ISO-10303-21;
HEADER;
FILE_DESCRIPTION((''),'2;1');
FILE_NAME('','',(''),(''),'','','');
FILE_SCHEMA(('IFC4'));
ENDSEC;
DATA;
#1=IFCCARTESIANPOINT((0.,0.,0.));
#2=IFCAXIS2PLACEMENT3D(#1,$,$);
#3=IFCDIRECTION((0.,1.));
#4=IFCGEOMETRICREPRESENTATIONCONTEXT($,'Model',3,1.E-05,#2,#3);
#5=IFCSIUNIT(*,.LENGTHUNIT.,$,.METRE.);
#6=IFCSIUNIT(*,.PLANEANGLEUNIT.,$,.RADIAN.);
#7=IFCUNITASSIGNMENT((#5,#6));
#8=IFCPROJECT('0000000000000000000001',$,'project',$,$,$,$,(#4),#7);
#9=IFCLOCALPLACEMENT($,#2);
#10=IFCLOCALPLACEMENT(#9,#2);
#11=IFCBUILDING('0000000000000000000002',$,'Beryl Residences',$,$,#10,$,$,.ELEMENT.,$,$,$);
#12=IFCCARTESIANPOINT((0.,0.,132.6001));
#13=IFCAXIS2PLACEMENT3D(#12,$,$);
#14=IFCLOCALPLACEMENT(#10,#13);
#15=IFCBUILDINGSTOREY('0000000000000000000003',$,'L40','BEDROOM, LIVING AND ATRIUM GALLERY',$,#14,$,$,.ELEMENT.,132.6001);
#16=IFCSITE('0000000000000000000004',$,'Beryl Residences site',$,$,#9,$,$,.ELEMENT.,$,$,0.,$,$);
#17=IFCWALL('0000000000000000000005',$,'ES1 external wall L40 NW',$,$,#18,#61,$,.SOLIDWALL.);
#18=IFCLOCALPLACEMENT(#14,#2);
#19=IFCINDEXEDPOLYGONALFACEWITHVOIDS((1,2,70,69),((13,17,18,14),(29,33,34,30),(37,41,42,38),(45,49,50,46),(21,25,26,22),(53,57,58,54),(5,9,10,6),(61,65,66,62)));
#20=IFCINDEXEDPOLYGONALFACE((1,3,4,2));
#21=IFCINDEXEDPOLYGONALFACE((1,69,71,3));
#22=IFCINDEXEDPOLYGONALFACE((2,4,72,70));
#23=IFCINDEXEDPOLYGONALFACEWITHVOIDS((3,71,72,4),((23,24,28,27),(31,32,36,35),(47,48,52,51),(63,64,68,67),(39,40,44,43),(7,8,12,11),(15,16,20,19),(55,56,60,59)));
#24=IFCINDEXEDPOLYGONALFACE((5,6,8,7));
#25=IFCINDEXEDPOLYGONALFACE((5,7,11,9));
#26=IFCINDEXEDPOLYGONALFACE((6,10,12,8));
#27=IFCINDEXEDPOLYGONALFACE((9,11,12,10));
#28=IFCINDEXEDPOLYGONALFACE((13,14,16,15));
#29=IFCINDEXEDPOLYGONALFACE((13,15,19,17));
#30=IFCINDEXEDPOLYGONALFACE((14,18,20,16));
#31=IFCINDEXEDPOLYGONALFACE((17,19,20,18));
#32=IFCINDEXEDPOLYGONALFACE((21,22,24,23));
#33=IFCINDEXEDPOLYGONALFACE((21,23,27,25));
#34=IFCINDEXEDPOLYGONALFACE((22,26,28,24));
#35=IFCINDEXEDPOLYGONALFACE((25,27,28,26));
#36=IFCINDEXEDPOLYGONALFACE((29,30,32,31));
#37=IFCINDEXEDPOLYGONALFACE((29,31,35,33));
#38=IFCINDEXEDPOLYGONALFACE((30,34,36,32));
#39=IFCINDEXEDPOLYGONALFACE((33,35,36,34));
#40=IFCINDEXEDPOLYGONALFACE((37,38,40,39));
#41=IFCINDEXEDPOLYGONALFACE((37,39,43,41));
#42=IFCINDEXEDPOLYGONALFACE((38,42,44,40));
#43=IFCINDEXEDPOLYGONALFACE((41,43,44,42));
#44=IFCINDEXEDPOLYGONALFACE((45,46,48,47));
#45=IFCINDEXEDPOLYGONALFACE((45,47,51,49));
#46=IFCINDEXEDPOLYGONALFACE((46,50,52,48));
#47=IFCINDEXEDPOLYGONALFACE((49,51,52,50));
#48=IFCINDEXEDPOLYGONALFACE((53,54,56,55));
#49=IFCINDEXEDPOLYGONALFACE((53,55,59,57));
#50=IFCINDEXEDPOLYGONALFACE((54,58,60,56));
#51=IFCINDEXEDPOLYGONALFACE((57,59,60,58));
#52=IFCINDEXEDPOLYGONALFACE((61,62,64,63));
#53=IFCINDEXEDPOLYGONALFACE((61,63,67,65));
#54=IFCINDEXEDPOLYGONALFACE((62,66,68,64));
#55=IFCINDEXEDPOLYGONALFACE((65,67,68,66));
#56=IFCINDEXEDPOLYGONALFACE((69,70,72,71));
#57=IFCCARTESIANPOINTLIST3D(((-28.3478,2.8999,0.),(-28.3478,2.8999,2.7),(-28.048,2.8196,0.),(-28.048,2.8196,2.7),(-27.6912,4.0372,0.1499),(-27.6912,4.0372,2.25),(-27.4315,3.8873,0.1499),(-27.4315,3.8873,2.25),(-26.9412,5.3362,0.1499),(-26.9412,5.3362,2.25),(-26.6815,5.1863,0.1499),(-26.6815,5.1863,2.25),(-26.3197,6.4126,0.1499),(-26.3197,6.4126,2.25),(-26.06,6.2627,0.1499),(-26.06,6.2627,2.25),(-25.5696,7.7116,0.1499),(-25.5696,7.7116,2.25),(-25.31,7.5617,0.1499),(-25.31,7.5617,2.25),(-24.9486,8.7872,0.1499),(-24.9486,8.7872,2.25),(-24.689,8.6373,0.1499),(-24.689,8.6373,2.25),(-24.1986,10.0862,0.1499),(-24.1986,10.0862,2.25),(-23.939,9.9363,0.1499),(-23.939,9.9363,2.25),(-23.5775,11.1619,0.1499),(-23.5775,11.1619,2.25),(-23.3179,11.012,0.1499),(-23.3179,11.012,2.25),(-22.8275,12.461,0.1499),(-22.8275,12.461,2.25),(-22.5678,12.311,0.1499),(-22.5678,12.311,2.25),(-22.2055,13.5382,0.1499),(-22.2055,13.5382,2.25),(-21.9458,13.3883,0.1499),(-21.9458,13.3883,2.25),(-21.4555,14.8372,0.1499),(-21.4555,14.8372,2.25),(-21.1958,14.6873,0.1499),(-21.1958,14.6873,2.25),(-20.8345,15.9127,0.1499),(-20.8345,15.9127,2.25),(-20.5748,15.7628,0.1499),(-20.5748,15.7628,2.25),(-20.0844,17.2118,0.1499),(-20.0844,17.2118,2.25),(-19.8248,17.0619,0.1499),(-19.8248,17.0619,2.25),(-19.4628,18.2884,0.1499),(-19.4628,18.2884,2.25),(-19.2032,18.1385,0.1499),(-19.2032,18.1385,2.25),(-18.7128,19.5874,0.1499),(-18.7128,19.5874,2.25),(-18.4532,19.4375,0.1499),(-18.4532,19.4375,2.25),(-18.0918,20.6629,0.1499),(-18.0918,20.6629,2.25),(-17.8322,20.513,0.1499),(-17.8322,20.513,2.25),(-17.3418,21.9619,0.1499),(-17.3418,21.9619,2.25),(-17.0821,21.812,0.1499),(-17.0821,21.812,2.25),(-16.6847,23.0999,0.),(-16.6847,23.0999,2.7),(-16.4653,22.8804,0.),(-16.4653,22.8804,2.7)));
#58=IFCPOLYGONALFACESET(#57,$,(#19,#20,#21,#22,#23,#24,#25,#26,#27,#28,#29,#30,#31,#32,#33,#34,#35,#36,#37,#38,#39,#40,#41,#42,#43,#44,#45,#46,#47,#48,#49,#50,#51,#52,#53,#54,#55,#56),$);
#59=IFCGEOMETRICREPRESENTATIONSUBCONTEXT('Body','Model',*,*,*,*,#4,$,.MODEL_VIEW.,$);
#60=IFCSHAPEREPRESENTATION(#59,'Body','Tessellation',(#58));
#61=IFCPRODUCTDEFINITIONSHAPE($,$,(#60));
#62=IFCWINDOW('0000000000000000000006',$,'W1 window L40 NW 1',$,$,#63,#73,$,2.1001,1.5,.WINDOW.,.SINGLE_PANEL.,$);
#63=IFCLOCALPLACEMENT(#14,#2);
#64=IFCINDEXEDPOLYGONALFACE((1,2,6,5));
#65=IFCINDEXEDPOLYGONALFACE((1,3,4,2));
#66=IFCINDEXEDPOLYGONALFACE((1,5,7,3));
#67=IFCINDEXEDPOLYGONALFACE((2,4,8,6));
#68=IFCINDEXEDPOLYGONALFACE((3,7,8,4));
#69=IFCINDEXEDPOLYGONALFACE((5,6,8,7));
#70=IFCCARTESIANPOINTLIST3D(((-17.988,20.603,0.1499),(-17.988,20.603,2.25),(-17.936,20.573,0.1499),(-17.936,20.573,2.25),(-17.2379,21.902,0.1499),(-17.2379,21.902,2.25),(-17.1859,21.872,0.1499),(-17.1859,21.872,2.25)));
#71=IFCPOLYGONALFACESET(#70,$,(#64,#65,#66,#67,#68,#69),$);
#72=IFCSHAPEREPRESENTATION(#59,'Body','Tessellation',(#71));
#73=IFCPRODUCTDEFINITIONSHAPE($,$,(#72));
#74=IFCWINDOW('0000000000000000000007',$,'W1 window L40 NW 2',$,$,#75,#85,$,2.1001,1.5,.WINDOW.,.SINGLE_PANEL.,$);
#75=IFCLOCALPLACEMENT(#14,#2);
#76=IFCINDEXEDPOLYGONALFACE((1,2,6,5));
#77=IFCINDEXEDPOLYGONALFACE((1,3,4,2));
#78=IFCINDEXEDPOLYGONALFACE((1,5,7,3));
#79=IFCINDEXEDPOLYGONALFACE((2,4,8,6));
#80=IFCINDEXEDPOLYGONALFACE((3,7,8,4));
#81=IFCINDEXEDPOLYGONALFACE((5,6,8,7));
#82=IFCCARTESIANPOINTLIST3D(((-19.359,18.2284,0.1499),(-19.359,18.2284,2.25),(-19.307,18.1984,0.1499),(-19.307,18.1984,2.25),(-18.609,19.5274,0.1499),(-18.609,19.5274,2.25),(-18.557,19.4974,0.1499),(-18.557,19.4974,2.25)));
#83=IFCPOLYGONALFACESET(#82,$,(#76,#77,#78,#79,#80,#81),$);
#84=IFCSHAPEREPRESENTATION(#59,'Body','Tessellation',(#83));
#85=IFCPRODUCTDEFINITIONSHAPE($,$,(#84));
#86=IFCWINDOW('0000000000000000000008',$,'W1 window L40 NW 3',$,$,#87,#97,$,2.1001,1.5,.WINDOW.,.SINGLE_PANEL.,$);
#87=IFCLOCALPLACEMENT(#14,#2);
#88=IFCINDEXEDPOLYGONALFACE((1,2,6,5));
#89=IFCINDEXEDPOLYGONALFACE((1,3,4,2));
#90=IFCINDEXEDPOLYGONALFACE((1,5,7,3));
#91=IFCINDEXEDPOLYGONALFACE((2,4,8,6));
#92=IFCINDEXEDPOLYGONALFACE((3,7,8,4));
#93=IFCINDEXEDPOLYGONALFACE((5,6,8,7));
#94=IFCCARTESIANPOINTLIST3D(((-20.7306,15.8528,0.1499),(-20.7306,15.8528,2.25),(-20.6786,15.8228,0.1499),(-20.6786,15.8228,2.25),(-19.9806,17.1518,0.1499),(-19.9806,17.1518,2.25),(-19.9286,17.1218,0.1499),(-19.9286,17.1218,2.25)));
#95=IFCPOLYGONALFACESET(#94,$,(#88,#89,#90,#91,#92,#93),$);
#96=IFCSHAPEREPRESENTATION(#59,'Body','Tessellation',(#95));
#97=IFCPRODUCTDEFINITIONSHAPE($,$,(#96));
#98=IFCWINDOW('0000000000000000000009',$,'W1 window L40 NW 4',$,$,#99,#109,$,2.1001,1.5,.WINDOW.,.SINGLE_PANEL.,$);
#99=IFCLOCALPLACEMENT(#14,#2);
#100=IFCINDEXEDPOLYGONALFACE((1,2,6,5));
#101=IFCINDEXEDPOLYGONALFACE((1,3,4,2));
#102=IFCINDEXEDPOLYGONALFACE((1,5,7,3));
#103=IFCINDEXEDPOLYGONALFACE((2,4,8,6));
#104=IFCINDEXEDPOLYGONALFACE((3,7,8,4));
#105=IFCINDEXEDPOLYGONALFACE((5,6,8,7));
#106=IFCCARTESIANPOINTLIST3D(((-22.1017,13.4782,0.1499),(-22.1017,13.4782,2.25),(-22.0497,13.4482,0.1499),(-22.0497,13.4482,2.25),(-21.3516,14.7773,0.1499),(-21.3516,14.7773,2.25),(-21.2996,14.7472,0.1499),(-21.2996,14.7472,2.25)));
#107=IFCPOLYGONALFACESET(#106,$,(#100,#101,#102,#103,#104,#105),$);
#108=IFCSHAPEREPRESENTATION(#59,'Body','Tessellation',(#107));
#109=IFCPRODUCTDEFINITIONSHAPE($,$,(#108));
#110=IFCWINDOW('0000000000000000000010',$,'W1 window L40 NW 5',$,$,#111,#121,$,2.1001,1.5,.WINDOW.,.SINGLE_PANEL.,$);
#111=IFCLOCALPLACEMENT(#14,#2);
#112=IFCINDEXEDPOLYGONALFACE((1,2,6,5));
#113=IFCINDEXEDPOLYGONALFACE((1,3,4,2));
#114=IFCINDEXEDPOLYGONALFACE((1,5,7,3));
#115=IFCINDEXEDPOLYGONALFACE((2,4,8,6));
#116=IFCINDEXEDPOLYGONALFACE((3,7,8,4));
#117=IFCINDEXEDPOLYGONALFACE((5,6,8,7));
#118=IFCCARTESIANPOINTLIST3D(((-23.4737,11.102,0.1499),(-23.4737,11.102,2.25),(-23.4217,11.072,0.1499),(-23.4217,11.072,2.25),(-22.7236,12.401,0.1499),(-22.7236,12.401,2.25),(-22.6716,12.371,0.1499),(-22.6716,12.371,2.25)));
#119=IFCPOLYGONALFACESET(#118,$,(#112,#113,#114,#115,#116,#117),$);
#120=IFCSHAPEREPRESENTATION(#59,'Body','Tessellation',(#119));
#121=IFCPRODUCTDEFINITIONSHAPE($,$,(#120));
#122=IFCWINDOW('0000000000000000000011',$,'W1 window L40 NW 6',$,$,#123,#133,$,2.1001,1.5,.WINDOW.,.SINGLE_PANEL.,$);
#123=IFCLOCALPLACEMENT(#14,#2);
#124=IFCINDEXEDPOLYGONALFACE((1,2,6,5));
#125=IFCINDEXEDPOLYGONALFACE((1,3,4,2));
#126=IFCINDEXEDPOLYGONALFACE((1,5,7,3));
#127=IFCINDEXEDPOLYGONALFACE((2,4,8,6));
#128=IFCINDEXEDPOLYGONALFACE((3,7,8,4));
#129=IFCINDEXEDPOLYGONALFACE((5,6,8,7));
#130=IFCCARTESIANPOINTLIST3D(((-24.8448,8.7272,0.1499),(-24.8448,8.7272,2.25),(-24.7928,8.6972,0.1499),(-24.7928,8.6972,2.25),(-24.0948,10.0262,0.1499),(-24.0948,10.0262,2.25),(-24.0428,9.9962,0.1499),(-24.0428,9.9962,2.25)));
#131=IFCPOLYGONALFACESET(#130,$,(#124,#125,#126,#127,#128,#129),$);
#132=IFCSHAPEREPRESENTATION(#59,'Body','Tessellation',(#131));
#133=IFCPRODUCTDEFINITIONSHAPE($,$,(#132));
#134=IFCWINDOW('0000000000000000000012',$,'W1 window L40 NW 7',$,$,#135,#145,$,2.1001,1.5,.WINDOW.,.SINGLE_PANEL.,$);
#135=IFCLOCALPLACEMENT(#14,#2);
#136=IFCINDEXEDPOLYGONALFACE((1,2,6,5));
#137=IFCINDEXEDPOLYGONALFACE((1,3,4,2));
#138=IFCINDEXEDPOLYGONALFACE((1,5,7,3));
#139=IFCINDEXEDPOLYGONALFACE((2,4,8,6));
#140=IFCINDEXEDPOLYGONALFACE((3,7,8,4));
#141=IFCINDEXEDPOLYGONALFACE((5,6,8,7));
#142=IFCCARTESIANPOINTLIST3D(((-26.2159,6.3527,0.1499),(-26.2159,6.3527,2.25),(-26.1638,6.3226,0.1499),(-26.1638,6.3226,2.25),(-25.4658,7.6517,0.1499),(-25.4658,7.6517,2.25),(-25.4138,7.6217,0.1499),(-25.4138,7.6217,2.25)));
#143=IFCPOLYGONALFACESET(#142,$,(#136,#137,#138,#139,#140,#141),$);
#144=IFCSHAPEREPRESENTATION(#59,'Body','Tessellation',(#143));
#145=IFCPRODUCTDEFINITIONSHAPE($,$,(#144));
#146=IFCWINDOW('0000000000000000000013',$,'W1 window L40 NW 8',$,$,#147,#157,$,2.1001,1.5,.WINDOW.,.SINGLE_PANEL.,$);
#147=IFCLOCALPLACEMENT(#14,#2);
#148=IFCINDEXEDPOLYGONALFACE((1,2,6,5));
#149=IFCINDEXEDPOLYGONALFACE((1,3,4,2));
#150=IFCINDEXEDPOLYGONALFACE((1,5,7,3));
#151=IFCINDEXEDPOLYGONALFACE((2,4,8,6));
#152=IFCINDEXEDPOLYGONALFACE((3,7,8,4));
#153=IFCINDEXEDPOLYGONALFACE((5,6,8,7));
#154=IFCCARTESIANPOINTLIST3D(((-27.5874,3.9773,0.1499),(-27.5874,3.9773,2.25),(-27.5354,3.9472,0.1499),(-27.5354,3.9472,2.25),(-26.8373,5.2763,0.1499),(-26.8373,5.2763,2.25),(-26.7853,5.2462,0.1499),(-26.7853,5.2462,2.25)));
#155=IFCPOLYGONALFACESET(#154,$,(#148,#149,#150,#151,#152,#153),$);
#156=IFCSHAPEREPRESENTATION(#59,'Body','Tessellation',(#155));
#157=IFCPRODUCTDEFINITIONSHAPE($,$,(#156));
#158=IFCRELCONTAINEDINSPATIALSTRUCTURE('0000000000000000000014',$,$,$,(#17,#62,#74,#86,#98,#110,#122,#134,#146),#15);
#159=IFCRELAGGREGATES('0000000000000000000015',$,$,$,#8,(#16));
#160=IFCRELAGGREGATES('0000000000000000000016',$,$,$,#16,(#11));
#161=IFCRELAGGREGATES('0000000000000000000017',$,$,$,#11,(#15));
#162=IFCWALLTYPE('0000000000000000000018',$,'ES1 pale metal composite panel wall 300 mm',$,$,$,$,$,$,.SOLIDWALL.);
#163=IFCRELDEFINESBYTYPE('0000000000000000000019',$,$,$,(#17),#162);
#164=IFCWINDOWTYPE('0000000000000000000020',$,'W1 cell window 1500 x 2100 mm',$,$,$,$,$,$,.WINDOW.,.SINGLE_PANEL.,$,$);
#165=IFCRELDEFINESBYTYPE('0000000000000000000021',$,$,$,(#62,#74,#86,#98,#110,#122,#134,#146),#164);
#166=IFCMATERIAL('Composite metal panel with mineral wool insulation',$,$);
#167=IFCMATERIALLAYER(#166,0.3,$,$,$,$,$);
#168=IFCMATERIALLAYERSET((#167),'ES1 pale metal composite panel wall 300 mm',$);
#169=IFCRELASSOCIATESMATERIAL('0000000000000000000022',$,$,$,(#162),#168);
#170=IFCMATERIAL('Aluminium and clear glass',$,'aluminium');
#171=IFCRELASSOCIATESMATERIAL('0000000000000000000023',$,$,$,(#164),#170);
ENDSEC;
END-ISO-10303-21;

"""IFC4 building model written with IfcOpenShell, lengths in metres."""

from ifc_helpers import new_model, si_unit, direction, frame, frame_2d, origin, place, context, subcontext, project, spatial, polyline, rectangle, outline, extrude, material, layer, layer_set, type_object, element, fill, save


model = new_model("IFC4")

# Units and contexts
model_context = context("Model", 3, precision=1e-05, world=origin(), true_north=direction((0.0, 1.0)))
body_context = subcontext(model_context, "Body", "Model", "MODEL_VIEW")
ifc_project = project(units=[si_unit("LENGTHUNIT", "METRE"), si_unit("PLANEANGLEUNIT", "RADIAN")], contexts=[model_context])

# Site, building, storey
site_placement = place(None, origin())
site = spatial("IfcSite", under=ifc_project, at=site_placement, Name="Beryl Residences site", CompositionType="ELEMENT", RefElevation=0.0)
building_placement = place(site_placement, origin())
building = spatial("IfcBuilding", under=site, at=building_placement, Name="Beryl Residences", CompositionType="ELEMENT")
storey_placement = place(building_placement, frame((0.0, 0.0, 132.6001)))
storey = spatial("IfcBuildingStorey", under=building, at=storey_placement, Name="L40", Description="BEDROOM, LIVING AND ATRIUM GALLERY", CompositionType="ELEMENT", Elevation=132.6001)

# Wall, openings, windows
ifc_material_1 = material(Name="Composite metal panel with mineral wool insulation")
ifc_layer_1 = layer(ifc_material_1, 0.3)
ifc_layer_set_1 = layer_set([ifc_layer_1], Name="ES1 pale metal composite panel wall 300 mm")
wall_type_1 = type_object("IfcWallType", Name="ES1 pale metal composite panel wall 300 mm", PredefinedType="SOLIDWALL", material=ifc_layer_set_1)
wall_1_placement = place(storey_placement, frame((-16.5549, 23.0249, 0.0), z_axis=(0.0, 0.0, 1.0), x_axis=(-0.500021, -0.866014, 0.0)))
wall_1 = element("IfcWall", 1, at=wall_1_placement, inside=storey, type_object=wall_type_1, Name="ES1 external wall L40 NW", PredefinedType="SOLIDWALL", context=body_context, shape_type="SweptSolid", body=[
    extrude(outline(polyline([(0.0, -0.1499), (23.3252, -0.1499), (23.2449, 0.1499), (0.0803, 0.1499), (0.0, -0.1499)])), origin(), (0.0, 0.0, 1.0), 2.7),
])
opening_1_placement = place(wall_1_placement, frame((1.314, 0.0, 0.1499)))
opening_1 = element("IfcOpeningElement", 2, at=opening_1_placement, cuts=wall_1, PredefinedType="OPENING", context=body_context, shape_type="SweptSolid", body=[
    extrude(rectangle(XDim=1.5, YDim=2.1001, at=frame_2d((0.75, 1.05))), frame((0.0, 0.1599, 0.0), z_axis=(0.0, -1.0, 0.0), x_axis=(1.0, 0.0, 0.0)), (0.0, 0.0, 1.0), 0.3201),
])
opening_2_placement = place(wall_1_placement, frame((4.0559, 0.0, 0.1499)))
opening_2 = element("IfcOpeningElement", 3, at=opening_2_placement, cuts=wall_1, PredefinedType="OPENING", context=body_context, shape_type="SweptSolid", body=[
    extrude(rectangle(XDim=1.5, YDim=2.1001, at=frame_2d((0.75, 1.05))), frame((0.0, 0.1599, 0.0), z_axis=(0.0, -1.0, 0.0), x_axis=(1.0, 0.0, 0.0)), (0.0, 0.0, 1.0), 0.3201),
])
opening_3_placement = place(wall_1_placement, frame((6.7991, 0.0, 0.1499)))
opening_3 = element("IfcOpeningElement", 4, at=opening_3_placement, cuts=wall_1, PredefinedType="OPENING", context=body_context, shape_type="SweptSolid", body=[
    extrude(rectangle(XDim=1.5, YDim=2.1001, at=frame_2d((0.75, 1.05))), frame((0.0, 0.1599, 0.0), z_axis=(0.0, -1.0, 0.0), x_axis=(1.0, 0.0, 0.0)), (0.0, 0.0, 1.0), 0.3201),
])
opening_4_placement = place(wall_1_placement, frame((9.541, 0.0, 0.1499)))
opening_4 = element("IfcOpeningElement", 5, at=opening_4_placement, cuts=wall_1, PredefinedType="OPENING", context=body_context, shape_type="SweptSolid", body=[
    extrude(rectangle(XDim=1.5, YDim=2.1001, at=frame_2d((0.75, 1.05))), frame((0.0, 0.1599, 0.0), z_axis=(0.0, -1.0, 0.0), x_axis=(1.0, 0.0, 0.0)), (0.0, 0.0, 1.0), 0.3201),
])
opening_5_placement = place(wall_1_placement, frame((12.2849, 0.0, 0.1499)))
opening_5 = element("IfcOpeningElement", 6, at=opening_5_placement, cuts=wall_1, PredefinedType="OPENING", context=body_context, shape_type="SweptSolid", body=[
    extrude(rectangle(XDim=1.5, YDim=2.1001, at=frame_2d((0.75, 1.05))), frame((0.0, 0.1599, 0.0), z_axis=(0.0, -1.0, 0.0), x_axis=(1.0, 0.0, 0.0)), (0.0, 0.0, 1.0), 0.3201),
])
opening_6_placement = place(wall_1_placement, frame((15.0271, 0.0, 0.1499)))
opening_6 = element("IfcOpeningElement", 7, at=opening_6_placement, cuts=wall_1, PredefinedType="OPENING", context=body_context, shape_type="SweptSolid", body=[
    extrude(rectangle(XDim=1.5, YDim=2.1001, at=frame_2d((0.75, 1.05))), frame((0.0, 0.1599, 0.0), z_axis=(0.0, -1.0, 0.0), x_axis=(1.0, 0.0, 0.0)), (0.0, 0.0, 1.0), 0.3201),
])
opening_7_placement = place(wall_1_placement, frame((17.769, 0.0, 0.1499)))
opening_7 = element("IfcOpeningElement", 8, at=opening_7_placement, cuts=wall_1, PredefinedType="OPENING", context=body_context, shape_type="SweptSolid", body=[
    extrude(rectangle(XDim=1.5, YDim=2.1001, at=frame_2d((0.75, 1.05))), frame((0.0, 0.1599, 0.0), z_axis=(0.0, -1.0, 0.0), x_axis=(1.0, 0.0, 0.0)), (0.0, 0.0, 1.0), 0.3201),
])
opening_8_placement = place(wall_1_placement, frame((20.512, 0.0, 0.1499)))
opening_8 = element("IfcOpeningElement", 9, at=opening_8_placement, cuts=wall_1, PredefinedType="OPENING", context=body_context, shape_type="SweptSolid", body=[
    extrude(rectangle(XDim=1.5, YDim=2.1001, at=frame_2d((0.75, 1.05))), frame((0.0, 0.1599, 0.0), z_axis=(0.0, -1.0, 0.0), x_axis=(1.0, 0.0, 0.0)), (0.0, 0.0, 1.0), 0.3201),
])
ifc_material_2 = material(Name="Aluminium and clear glass", Category="aluminium")
window_type = type_object("IfcWindowType", Name="W1 cell window 1500 x 2100 mm", PartitioningType="SINGLE_PANEL", PredefinedType="WINDOW", material=ifc_material_2)
window_1_placement = place(opening_1_placement, origin())
window_1 = element("IfcWindow", 10, at=window_1_placement, inside=storey, type_object=window_type, Name="W1 window L40 NW 1", OverallHeight=2.1001, OverallWidth=1.5, PartitioningType="SINGLE_PANEL", PredefinedType="WINDOW", context=body_context, shape_type="SweptSolid", body=[
    extrude(rectangle(XDim=1.5, YDim=2.1001, at=frame_2d((0.75, 1.05))), frame((0.0, 0.03, 0.0), z_axis=(0.0, -1.0, 0.0), x_axis=(1.0, 0.0, 0.0)), (0.0, 0.0, 1.0), 0.0601),
])
fill(opening_1, window_1)
window_2_placement = place(opening_2_placement, origin())
window_2 = element("IfcWindow", 11, at=window_2_placement, inside=storey, type_object=window_type, Name="W1 window L40 NW 2", OverallHeight=2.1001, OverallWidth=1.5, PartitioningType="SINGLE_PANEL", PredefinedType="WINDOW", context=body_context, shape_type="SweptSolid", body=[
    extrude(rectangle(XDim=1.5, YDim=2.1001, at=frame_2d((0.75, 1.05))), frame((0.0, 0.03, 0.0), z_axis=(0.0, -1.0, 0.0), x_axis=(1.0, 0.0, 0.0)), (0.0, 0.0, 1.0), 0.0601),
])
fill(opening_2, window_2)
window_3_placement = place(opening_3_placement, origin())
window_3 = element("IfcWindow", 12, at=window_3_placement, inside=storey, type_object=window_type, Name="W1 window L40 NW 3", OverallHeight=2.1001, OverallWidth=1.5, PartitioningType="SINGLE_PANEL", PredefinedType="WINDOW", context=body_context, shape_type="SweptSolid", body=[
    extrude(rectangle(XDim=1.5, YDim=2.1001, at=frame_2d((0.75, 1.05))), frame((0.0, 0.03, 0.0), z_axis=(0.0, -1.0, 0.0), x_axis=(1.0, 0.0, 0.0)), (0.0, 0.0, 1.0), 0.0601),
])
fill(opening_3, window_3)
window_4_placement = place(opening_4_placement, origin())
window_4 = element("IfcWindow", 13, at=window_4_placement, inside=storey, type_object=window_type, Name="W1 window L40 NW 4", OverallHeight=2.1001, OverallWidth=1.5, PartitioningType="SINGLE_PANEL", PredefinedType="WINDOW", context=body_context, shape_type="SweptSolid", body=[
    extrude(rectangle(XDim=1.5, YDim=2.1001, at=frame_2d((0.75, 1.05))), frame((0.0, 0.03, 0.0), z_axis=(0.0, -1.0, 0.0), x_axis=(1.0, 0.0, 0.0)), (0.0, 0.0, 1.0), 0.0601),
])
fill(opening_4, window_4)
window_5_placement = place(opening_5_placement, origin())
window_5 = element("IfcWindow", 14, at=window_5_placement, inside=storey, type_object=window_type, Name="W1 window L40 NW 5", OverallHeight=2.1001, OverallWidth=1.5, PartitioningType="SINGLE_PANEL", PredefinedType="WINDOW", context=body_context, shape_type="SweptSolid", body=[
    extrude(rectangle(XDim=1.5, YDim=2.1001, at=frame_2d((0.75, 1.05))), frame((0.0, 0.03, 0.0), z_axis=(0.0, -1.0, 0.0), x_axis=(1.0, 0.0, 0.0)), (0.0, 0.0, 1.0), 0.0601),
])
fill(opening_5, window_5)
window_6_placement = place(opening_6_placement, origin())
window_6 = element("IfcWindow", 15, at=window_6_placement, inside=storey, type_object=window_type, Name="W1 window L40 NW 6", OverallHeight=2.1001, OverallWidth=1.5, PartitioningType="SINGLE_PANEL", PredefinedType="WINDOW", context=body_context, shape_type="SweptSolid", body=[
    extrude(rectangle(XDim=1.5, YDim=2.1001, at=frame_2d((0.75, 1.05))), frame((0.0, 0.03, 0.0), z_axis=(0.0, -1.0, 0.0), x_axis=(1.0, 0.0, 0.0)), (0.0, 0.0, 1.0), 0.0601),
])
fill(opening_6, window_6)
window_7_placement = place(opening_7_placement, origin())
window_7 = element("IfcWindow", 16, at=window_7_placement, inside=storey, type_object=window_type, Name="W1 window L40 NW 7", OverallHeight=2.1001, OverallWidth=1.5, PartitioningType="SINGLE_PANEL", PredefinedType="WINDOW", context=body_context, shape_type="SweptSolid", body=[
    extrude(rectangle(XDim=1.5, YDim=2.1001, at=frame_2d((0.75, 1.05))), frame((0.0, 0.03, 0.0), z_axis=(0.0, -1.0, 0.0), x_axis=(1.0, 0.0, 0.0)), (0.0, 0.0, 1.0), 0.0601),
])
fill(opening_7, window_7)
window_8_placement = place(opening_8_placement, origin())
window_8 = element("IfcWindow", 17, at=window_8_placement, inside=storey, type_object=window_type, Name="W1 window L40 NW 8", OverallHeight=2.1001, OverallWidth=1.5, PartitioningType="SINGLE_PANEL", PredefinedType="WINDOW", context=body_context, shape_type="SweptSolid", body=[
    extrude(rectangle(XDim=1.5, YDim=2.1001, at=frame_2d((0.75, 1.05))), frame((0.0, 0.03, 0.0), z_axis=(0.0, -1.0, 0.0), x_axis=(1.0, 0.0, 0.0)), (0.0, 0.0, 1.0), 0.0601),
])
fill(opening_8, window_8)

save(model, "model.ifc")
